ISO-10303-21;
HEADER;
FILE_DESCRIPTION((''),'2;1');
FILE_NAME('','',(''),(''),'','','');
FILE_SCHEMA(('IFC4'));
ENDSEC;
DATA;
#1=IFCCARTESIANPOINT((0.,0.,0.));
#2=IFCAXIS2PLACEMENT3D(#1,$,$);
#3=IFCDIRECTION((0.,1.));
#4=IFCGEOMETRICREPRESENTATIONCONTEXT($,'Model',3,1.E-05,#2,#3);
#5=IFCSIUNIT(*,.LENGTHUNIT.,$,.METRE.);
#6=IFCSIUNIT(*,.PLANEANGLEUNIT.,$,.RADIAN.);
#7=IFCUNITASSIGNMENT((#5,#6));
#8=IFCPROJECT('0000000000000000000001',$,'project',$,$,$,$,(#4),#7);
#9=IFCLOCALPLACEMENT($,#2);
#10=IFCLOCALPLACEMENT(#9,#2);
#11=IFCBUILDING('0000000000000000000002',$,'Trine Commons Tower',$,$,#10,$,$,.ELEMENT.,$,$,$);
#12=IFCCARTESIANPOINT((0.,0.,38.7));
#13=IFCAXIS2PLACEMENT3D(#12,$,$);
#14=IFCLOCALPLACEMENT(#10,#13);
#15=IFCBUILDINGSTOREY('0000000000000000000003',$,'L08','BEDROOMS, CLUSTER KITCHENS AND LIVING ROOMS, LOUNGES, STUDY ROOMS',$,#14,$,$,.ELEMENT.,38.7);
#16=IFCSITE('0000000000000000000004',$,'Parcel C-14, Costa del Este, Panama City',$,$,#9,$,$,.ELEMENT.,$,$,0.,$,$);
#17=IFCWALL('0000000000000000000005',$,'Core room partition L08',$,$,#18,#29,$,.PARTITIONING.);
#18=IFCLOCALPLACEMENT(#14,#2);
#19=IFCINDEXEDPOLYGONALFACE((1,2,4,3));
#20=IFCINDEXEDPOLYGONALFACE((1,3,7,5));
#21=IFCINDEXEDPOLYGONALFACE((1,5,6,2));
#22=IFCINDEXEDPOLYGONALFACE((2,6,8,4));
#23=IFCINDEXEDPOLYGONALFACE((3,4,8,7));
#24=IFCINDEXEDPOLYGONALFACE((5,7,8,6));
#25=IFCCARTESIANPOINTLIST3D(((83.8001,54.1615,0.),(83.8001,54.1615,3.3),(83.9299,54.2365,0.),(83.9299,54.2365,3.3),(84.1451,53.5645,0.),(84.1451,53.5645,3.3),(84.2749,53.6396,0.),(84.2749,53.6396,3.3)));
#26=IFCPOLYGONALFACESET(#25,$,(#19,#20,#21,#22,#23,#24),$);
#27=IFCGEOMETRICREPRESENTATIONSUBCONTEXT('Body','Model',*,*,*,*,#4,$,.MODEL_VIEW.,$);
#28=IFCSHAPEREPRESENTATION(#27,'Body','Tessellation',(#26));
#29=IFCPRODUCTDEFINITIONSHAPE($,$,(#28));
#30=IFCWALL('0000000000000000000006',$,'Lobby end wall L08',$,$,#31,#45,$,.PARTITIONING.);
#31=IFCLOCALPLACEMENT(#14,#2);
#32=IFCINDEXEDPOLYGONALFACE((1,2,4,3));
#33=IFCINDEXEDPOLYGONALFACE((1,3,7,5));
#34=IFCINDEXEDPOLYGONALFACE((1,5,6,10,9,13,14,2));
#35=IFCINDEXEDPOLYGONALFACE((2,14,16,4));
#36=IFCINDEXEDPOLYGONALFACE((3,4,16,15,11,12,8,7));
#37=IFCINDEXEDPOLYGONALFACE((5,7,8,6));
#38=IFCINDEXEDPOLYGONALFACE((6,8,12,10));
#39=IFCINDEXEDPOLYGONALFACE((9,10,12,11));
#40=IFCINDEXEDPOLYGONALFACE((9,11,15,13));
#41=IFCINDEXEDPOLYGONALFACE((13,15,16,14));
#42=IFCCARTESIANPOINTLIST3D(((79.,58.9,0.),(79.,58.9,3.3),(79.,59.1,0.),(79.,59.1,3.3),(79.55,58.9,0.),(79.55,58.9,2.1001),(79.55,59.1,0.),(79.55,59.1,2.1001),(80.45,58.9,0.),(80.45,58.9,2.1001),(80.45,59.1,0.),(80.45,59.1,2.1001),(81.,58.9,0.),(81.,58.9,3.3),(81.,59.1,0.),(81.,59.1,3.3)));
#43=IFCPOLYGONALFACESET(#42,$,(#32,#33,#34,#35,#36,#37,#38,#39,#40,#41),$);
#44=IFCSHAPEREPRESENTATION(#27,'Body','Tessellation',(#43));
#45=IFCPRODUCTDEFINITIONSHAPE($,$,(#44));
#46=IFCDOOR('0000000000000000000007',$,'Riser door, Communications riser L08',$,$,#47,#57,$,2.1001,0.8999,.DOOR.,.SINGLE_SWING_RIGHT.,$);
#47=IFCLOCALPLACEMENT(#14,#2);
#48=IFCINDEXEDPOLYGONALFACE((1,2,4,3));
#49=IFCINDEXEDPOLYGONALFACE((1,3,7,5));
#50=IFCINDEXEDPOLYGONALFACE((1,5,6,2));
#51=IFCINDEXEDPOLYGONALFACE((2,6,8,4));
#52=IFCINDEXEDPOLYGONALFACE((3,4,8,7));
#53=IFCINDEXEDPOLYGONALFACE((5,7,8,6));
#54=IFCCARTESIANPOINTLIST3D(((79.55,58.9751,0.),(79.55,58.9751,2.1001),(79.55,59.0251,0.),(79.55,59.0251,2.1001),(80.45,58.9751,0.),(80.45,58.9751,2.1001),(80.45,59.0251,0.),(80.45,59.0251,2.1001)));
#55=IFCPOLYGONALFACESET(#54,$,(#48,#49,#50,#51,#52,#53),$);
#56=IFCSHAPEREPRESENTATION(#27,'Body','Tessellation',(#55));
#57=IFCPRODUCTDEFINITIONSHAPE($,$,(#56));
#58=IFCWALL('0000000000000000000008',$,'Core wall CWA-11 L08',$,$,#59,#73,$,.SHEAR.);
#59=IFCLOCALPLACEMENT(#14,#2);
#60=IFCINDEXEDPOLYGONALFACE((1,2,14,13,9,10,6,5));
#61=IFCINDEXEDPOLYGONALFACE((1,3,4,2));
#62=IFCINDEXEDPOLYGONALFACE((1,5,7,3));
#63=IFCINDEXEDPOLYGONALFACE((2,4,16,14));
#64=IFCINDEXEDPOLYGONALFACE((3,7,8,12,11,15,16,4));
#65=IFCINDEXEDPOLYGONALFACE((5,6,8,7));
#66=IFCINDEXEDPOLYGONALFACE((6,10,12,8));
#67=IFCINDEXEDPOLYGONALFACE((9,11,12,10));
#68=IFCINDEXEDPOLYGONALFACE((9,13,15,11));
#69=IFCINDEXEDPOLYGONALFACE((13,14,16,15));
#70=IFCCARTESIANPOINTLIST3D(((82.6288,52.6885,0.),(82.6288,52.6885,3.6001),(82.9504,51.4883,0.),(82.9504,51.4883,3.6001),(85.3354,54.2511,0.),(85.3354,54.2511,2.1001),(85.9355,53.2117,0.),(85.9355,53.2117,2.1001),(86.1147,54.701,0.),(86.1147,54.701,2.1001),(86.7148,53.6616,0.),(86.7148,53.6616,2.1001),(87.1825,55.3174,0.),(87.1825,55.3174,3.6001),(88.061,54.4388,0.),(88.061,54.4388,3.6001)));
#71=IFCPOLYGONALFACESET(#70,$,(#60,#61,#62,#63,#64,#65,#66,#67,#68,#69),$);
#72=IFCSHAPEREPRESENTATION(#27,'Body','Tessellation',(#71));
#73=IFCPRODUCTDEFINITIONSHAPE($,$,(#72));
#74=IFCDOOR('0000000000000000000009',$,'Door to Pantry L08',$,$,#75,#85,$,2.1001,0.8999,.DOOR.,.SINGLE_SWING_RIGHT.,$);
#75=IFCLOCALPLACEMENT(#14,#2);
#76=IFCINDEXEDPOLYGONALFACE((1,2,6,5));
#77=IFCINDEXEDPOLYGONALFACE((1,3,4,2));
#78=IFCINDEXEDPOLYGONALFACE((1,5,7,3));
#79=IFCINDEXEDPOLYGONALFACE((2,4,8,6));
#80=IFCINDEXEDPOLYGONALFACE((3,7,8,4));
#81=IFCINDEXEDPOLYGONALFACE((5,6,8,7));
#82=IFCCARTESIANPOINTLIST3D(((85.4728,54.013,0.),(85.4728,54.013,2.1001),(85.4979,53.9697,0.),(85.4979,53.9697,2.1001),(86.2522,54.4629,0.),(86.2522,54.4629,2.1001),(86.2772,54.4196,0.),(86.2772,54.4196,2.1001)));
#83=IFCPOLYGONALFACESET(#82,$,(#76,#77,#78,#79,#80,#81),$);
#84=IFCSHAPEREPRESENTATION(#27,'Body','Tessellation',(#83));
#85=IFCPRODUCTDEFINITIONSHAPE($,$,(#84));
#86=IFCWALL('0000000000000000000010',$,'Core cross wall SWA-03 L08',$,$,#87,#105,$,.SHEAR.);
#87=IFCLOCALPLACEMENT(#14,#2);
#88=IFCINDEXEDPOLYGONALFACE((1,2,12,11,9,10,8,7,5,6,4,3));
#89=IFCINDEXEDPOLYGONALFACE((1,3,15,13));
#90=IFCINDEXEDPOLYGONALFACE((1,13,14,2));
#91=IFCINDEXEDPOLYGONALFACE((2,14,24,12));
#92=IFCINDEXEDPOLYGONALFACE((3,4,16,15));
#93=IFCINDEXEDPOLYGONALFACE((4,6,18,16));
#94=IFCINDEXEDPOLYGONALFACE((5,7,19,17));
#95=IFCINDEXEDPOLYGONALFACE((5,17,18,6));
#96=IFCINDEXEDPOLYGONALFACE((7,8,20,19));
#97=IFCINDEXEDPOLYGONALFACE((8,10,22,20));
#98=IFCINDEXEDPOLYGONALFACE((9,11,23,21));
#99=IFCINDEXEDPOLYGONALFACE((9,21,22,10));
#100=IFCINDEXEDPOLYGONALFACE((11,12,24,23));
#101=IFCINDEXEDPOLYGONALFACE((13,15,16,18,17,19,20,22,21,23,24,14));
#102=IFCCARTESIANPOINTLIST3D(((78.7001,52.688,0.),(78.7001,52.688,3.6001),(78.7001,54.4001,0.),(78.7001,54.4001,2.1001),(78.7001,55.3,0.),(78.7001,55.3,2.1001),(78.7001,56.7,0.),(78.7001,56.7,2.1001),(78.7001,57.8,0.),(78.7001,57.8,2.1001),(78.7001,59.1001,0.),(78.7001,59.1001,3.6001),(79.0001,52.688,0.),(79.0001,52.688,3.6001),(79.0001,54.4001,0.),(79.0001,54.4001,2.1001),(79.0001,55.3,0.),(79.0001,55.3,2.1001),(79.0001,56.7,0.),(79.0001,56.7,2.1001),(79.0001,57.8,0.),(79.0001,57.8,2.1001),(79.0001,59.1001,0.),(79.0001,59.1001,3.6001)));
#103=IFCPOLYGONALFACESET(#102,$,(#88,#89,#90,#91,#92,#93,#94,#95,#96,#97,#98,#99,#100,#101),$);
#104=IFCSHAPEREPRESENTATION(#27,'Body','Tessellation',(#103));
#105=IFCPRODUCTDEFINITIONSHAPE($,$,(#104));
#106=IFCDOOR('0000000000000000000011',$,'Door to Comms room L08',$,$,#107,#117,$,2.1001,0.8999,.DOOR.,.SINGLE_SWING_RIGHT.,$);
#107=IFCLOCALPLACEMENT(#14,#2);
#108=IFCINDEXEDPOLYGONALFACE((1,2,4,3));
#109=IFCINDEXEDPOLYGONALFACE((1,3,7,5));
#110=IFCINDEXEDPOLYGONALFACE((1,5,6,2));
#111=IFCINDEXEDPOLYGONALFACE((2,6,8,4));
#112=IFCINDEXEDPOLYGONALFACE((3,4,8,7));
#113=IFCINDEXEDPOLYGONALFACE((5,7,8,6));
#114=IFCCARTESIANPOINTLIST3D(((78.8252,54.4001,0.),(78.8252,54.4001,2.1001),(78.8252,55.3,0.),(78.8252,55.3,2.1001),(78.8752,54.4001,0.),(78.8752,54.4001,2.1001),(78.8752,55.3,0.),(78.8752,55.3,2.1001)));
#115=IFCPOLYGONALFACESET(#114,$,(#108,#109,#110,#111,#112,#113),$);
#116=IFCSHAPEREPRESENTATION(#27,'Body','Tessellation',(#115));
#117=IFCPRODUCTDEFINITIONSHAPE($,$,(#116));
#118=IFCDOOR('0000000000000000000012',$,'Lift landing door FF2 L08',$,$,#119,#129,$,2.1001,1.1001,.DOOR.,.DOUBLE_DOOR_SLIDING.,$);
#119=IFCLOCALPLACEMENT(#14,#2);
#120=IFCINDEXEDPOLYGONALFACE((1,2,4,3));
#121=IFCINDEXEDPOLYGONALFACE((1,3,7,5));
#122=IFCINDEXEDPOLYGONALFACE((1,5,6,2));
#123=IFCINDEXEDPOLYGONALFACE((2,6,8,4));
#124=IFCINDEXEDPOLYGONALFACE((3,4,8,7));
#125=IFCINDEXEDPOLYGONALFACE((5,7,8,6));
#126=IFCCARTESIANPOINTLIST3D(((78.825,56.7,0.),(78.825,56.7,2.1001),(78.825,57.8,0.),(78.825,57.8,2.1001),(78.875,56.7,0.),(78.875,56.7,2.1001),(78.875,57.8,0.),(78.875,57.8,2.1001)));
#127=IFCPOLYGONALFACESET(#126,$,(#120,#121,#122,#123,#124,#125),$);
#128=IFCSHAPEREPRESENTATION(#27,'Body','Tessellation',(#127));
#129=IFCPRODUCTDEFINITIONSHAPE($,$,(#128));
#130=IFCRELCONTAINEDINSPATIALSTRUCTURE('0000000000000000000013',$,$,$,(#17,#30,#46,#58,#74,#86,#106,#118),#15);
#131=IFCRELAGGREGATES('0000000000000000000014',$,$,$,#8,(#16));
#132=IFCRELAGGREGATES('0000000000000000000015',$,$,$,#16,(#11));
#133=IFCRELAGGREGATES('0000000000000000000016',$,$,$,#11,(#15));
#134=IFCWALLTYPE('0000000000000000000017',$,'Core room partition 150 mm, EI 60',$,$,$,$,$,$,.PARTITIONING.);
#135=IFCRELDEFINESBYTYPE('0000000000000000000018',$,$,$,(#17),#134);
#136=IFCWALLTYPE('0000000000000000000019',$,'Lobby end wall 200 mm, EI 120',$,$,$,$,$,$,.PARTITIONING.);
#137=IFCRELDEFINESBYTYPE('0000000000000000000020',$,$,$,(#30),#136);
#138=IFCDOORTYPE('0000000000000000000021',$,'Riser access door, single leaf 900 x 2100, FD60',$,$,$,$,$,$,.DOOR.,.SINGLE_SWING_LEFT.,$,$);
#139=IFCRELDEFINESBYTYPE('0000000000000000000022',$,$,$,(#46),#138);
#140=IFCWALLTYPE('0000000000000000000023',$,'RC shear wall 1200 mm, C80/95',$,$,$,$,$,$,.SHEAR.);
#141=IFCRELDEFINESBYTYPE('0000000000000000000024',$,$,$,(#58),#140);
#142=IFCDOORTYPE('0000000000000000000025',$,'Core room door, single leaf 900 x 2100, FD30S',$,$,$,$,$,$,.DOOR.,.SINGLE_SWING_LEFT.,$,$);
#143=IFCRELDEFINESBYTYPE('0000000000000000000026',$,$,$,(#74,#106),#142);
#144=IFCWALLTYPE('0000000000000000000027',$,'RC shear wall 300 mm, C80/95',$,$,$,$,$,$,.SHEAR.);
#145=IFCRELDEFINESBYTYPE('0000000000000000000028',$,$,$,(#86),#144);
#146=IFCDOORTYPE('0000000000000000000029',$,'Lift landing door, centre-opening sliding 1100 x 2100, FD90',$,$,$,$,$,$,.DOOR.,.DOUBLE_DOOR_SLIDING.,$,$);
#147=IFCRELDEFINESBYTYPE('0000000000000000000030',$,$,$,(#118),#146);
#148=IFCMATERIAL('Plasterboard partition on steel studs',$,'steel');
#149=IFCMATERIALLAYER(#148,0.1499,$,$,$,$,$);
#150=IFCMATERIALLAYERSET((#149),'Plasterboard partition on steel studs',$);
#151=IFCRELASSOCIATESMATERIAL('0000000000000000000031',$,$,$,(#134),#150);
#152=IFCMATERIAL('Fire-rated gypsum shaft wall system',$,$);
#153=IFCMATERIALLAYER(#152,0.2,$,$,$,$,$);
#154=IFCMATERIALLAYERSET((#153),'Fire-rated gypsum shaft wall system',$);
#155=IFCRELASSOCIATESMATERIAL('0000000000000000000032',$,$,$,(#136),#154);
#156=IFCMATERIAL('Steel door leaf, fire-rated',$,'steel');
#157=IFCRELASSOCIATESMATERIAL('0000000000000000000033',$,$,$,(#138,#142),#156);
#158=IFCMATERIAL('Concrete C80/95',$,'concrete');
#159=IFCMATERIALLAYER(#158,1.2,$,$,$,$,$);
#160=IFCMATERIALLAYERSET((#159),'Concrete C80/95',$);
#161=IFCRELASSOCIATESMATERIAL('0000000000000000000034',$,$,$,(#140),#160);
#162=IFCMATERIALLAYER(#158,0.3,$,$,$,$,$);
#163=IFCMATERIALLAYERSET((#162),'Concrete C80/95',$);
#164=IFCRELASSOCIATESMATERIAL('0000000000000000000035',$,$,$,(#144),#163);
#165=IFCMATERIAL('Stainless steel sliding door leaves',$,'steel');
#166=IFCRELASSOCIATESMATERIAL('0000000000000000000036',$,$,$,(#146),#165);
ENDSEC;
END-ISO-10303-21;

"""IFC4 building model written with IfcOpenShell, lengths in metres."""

from ifc_helpers import new_model, si_unit, direction, frame, frame_2d, origin, place, context, subcontext, project, spatial, polyline, rectangle, outline, extrude, material, layer, layer_set, type_object, element, fill, save


model = new_model("IFC4")

# Units and contexts
model_context = context("Model", 3, precision=1e-05, world=origin(), true_north=direction((0.0, 1.0)))
body_context = subcontext(model_context, "Body", "Model", "MODEL_VIEW")
ifc_project = project(units=[si_unit("LENGTHUNIT", "METRE"), si_unit("PLANEANGLEUNIT", "RADIAN")], contexts=[model_context])

# Site, building, storey
site_placement = place(None, origin())
site = spatial("IfcSite", under=ifc_project, at=site_placement, Name="Parcel C-14, Costa del Este, Panama City", CompositionType="ELEMENT", RefElevation=0.0)
building_placement = place(site_placement, origin())
building = spatial("IfcBuilding", under=site, at=building_placement, Name="Trine Commons Tower", CompositionType="ELEMENT")
storey_placement = place(building_placement, frame((0.0, 0.0, 38.7)))
storey = spatial("IfcBuildingStorey", under=building, at=storey_placement, Name="L08", Description="BEDROOMS, CLUSTER KITCHENS AND LIVING ROOMS, LOUNGES, STUDY ROOMS", CompositionType="ELEMENT", Elevation=38.7)

# Wall
ifc_material_1 = material(Name="Plasterboard partition on steel studs", Category="steel")
ifc_layer_1 = layer(ifc_material_1, 0.1499)
ifc_layer_set_1 = layer_set([ifc_layer_1], Name="Plasterboard partition on steel studs")
wall_type_1 = type_object("IfcWallType", Name="Core room partition 150 mm, EI 60", PredefinedType="PARTITIONING", material=ifc_layer_set_1)
wall_1_placement = place(storey_placement, frame((84.21, 53.6021, 0.0), z_axis=(0.0, 0.0, 1.0), x_axis=(-0.500366, 0.865814, 0.0)))
element("IfcWall", 1, at=wall_1_placement, inside=storey, type_object=wall_type_1, Name="Core room partition L08", PredefinedType="PARTITIONING", context=body_context, shape_type="SweptSolid", body=[
    extrude(rectangle(XDim=0.6895, YDim=0.1499, at=frame_2d((0.3447, 0.0))), origin(), (0.0, 0.0, 1.0), 3.3),
])

# Walls, openings, doors
ifc_material_2 = material(Name="Fire-rated gypsum shaft wall system")
ifc_layer_2 = layer(ifc_material_2, 0.2)
ifc_layer_set_2 = layer_set([ifc_layer_2], Name="Fire-rated gypsum shaft wall system")
wall_type_2 = type_object("IfcWallType", Name="Lobby end wall 200 mm, EI 120", PredefinedType="PARTITIONING", material=ifc_layer_set_2)
wall_2_placement = place(storey_placement, frame((79.0, 59.0, 0.0), z_axis=(0.0, 0.0, 1.0), x_axis=(1.0, 0.0, 0.0)))
wall_2 = element("IfcWall", 2, at=wall_2_placement, inside=storey, type_object=wall_type_2, Name="Lobby end wall L08", PredefinedType="PARTITIONING", context=body_context, shape_type="SweptSolid", body=[
    extrude(rectangle(XDim=2.0, YDim=0.2, at=frame_2d((1.0, 0.0))), origin(), (0.0, 0.0, 1.0), 3.3),
])
opening_1_placement = place(wall_2_placement, frame((0.55, 0.0, 0.0)))
opening_1 = element("IfcOpeningElement", 3, at=opening_1_placement, cuts=wall_2, PredefinedType="OPENING", context=body_context, shape_type="SweptSolid", body=[
    extrude(rectangle(XDim=0.8999, YDim=2.1001, at=frame_2d((0.45, 1.05))), frame((0.0, 0.1099, 0.0), z_axis=(0.0, -1.0, 0.0), x_axis=(1.0, 0.0, 0.0)), (0.0, 0.0, 1.0), 0.22),
])
ifc_material_3 = material(Name="Steel door leaf, fire-rated", Category="steel")
door_type_1 = type_object("IfcDoorType", Name="Riser access door, single leaf 900 x 2100, FD60", OperationType="SINGLE_SWING_LEFT", PredefinedType="DOOR", material=ifc_material_3)
door_1_placement = place(opening_1_placement, frame((0.8999, 0.0, 0.0), z_axis=(0.0, 0.0, 1.0), x_axis=(-1.0, 0.0, 0.0)))
door_1 = element("IfcDoor", 4, at=door_1_placement, inside=storey, type_object=door_type_1, Name="Riser door, Communications riser L08", OperationType="SINGLE_SWING_RIGHT", OverallHeight=2.1001, OverallWidth=0.8999, PredefinedType="DOOR", context=body_context, shape_type="SweptSolid", body=[
    extrude(rectangle(XDim=0.8999, YDim=2.1001, at=frame_2d((0.45, 1.05))), frame((0.0, 0.0249, 0.0), z_axis=(0.0, -1.0, 0.0), x_axis=(1.0, 0.0, 0.0)), (0.0, 0.0, 1.0), 0.05),
])
fill(opening_1, door_1)
ifc_material_4 = material(Name="Concrete C80/95", Category="concrete")
ifc_layer_3 = layer(ifc_material_4, 1.2)
ifc_layer_set_3 = layer_set([ifc_layer_3], Name="Concrete C80/95")
wall_type_3 = type_object("IfcWallType", Name="RC shear wall 1200 mm, C80/95", PredefinedType="SHEAR", material=ifc_layer_set_3)
wall_3_placement = place(storey_placement, frame((82.6504, 52.0081, 0.0), z_axis=(0.0, 0.0, 1.0), x_axis=(0.866037, 0.499979, 0.0)))
wall_3 = element("IfcWall", 5, at=wall_3_placement, inside=storey, type_object=wall_type_3, Name="Core wall CWA-11 L08", PredefinedType="SHEAR", context=body_context, shape_type="SweptSolid", body=[
    extrude(outline(polyline([(0.0, -0.6001), (5.9011, -0.6001), (5.5796, 0.6001), (0.3215, 0.6001), (0.0, -0.6001)])), origin(), (0.0, 0.0, 1.0), 3.6001),
])
opening_2_placement = place(wall_3_placement, frame((3.4468, 0.0, 0.0)))
opening_2 = element("IfcOpeningElement", 6, at=opening_2_placement, cuts=wall_3, PredefinedType="OPENING", context=body_context, shape_type="SweptSolid", body=[
    extrude(rectangle(XDim=0.8999, YDim=2.1001, at=frame_2d((0.45, 1.05))), frame((0.0, 0.6099, 0.0), z_axis=(0.0, -1.0, 0.0), x_axis=(1.0, 0.0, 0.0)), (0.0, 0.0, 1.0), 1.22),
])
door_type_2 = type_object("IfcDoorType", Name="Core room door, single leaf 900 x 2100, FD30S", OperationType="SINGLE_SWING_LEFT", PredefinedType="DOOR", material=ifc_material_3)
door_2_placement = place(opening_2_placement, origin())
door_2 = element("IfcDoor", 7, at=door_2_placement, inside=storey, type_object=door_type_2, Name="Door to Pantry L08", OperationType="SINGLE_SWING_RIGHT", OverallHeight=2.1001, OverallWidth=0.8999, PredefinedType="DOOR", context=body_context, shape_type="SweptSolid", body=[
    extrude(rectangle(XDim=0.8999, YDim=2.1001, at=frame_2d((0.45, 1.05))), frame((0.0, 0.3252, 0.0), z_axis=(0.0, -1.0, 0.0), x_axis=(1.0, 0.0, 0.0)), (0.0, 0.0, 1.0), 0.05),
])
fill(opening_2, door_2)

# Wall, openings, doors
ifc_layer_4 = layer(ifc_material_4, 0.3)
ifc_layer_set_4 = layer_set([ifc_layer_4], Name="Concrete C80/95")
wall_type_4 = type_object("IfcWallType", Name="RC shear wall 300 mm, C80/95", PredefinedType="SHEAR", material=ifc_layer_set_4)
wall_4_placement = place(storey_placement, frame((78.8501, 59.1001, 0.0), z_axis=(0.0, 0.0, 1.0), x_axis=(0.0, -1.0, 0.0)))
wall_4 = element("IfcWall", 8, at=wall_4_placement, inside=storey, type_object=wall_type_4, Name="Core cross wall SWA-03 L08", PredefinedType="SHEAR", context=body_context, shape_type="SweptSolid", body=[
    extrude(rectangle(XDim=6.4121, YDim=0.3, at=frame_2d((3.2061, 0.0))), origin(), (0.0, 0.0, 1.0), 3.6001),
])
opening_3_placement = place(wall_4_placement, frame((3.8, 0.0, 0.0)))
opening_3 = element("IfcOpeningElement", 9, at=opening_3_placement, cuts=wall_4, PredefinedType="OPENING", context=body_context, shape_type="SweptSolid", body=[
    extrude(rectangle(XDim=0.8999, YDim=2.1001, at=frame_2d((0.45, 1.05))), frame((0.0, 0.1599, 0.0), z_axis=(0.0, -1.0, 0.0), x_axis=(1.0, 0.0, 0.0)), (0.0, 0.0, 1.0), 0.3201),
])
opening_4_placement = place(wall_4_placement, frame((1.3, 0.0, 0.0)))
opening_4 = element("IfcOpeningElement", 10, at=opening_4_placement, cuts=wall_4, PredefinedType="OPENING", context=body_context, shape_type="SweptSolid", body=[
    extrude(rectangle(XDim=1.1001, YDim=2.1001, at=frame_2d((0.55, 1.05))), frame((0.0, 0.1599, 0.0), z_axis=(0.0, -1.0, 0.0), x_axis=(1.0, 0.0, 0.0)), (0.0, 0.0, 1.0), 0.3201),
])
door_3_placement = place(opening_3_placement, frame((0.8999, 0.0, 0.0), z_axis=(0.0, 0.0, 1.0), x_axis=(-1.0, 0.0, 0.0)))
door_3 = element("IfcDoor", 11, at=door_3_placement, inside=storey, type_object=door_type_2, Name="Door to Comms room L08", OperationType="SINGLE_SWING_RIGHT", OverallHeight=2.1001, OverallWidth=0.8999, PredefinedType="DOOR", context=body_context, shape_type="SweptSolid", body=[
    extrude(rectangle(XDim=0.8999, YDim=2.1001, at=frame_2d((0.45, 1.05))), frame((0.0, 0.0249, 0.0), z_axis=(0.0, -1.0, 0.0), x_axis=(1.0, 0.0, 0.0)), (0.0, 0.0, 1.0), 0.05),
])
fill(opening_3, door_3)
ifc_material_5 = material(Name="Stainless steel sliding door leaves", Category="steel")
door_type_3 = type_object("IfcDoorType", Name="Lift landing door, centre-opening sliding 1100 x 2100, FD90", OperationType="DOUBLE_DOOR_SLIDING", PredefinedType="DOOR", material=ifc_material_5)
door_4_placement = place(opening_4_placement, origin())
door_4 = element("IfcDoor", 12, at=door_4_placement, inside=storey, type_object=door_type_3, Name="Lift landing door FF2 L08", OperationType="DOUBLE_DOOR_SLIDING", OverallHeight=2.1001, OverallWidth=1.1001, PredefinedType="DOOR", context=body_context, shape_type="SweptSolid", body=[
    extrude(rectangle(XDim=1.1001, YDim=2.1001, at=frame_2d((0.55, 1.05))), frame((0.0, 0.0249, 0.0), z_axis=(0.0, -1.0, 0.0), x_axis=(1.0, 0.0, 0.0)), (0.0, 0.0, 1.0), 0.05),
])
fill(opening_4, door_4)

save(model, "model.ifc")
